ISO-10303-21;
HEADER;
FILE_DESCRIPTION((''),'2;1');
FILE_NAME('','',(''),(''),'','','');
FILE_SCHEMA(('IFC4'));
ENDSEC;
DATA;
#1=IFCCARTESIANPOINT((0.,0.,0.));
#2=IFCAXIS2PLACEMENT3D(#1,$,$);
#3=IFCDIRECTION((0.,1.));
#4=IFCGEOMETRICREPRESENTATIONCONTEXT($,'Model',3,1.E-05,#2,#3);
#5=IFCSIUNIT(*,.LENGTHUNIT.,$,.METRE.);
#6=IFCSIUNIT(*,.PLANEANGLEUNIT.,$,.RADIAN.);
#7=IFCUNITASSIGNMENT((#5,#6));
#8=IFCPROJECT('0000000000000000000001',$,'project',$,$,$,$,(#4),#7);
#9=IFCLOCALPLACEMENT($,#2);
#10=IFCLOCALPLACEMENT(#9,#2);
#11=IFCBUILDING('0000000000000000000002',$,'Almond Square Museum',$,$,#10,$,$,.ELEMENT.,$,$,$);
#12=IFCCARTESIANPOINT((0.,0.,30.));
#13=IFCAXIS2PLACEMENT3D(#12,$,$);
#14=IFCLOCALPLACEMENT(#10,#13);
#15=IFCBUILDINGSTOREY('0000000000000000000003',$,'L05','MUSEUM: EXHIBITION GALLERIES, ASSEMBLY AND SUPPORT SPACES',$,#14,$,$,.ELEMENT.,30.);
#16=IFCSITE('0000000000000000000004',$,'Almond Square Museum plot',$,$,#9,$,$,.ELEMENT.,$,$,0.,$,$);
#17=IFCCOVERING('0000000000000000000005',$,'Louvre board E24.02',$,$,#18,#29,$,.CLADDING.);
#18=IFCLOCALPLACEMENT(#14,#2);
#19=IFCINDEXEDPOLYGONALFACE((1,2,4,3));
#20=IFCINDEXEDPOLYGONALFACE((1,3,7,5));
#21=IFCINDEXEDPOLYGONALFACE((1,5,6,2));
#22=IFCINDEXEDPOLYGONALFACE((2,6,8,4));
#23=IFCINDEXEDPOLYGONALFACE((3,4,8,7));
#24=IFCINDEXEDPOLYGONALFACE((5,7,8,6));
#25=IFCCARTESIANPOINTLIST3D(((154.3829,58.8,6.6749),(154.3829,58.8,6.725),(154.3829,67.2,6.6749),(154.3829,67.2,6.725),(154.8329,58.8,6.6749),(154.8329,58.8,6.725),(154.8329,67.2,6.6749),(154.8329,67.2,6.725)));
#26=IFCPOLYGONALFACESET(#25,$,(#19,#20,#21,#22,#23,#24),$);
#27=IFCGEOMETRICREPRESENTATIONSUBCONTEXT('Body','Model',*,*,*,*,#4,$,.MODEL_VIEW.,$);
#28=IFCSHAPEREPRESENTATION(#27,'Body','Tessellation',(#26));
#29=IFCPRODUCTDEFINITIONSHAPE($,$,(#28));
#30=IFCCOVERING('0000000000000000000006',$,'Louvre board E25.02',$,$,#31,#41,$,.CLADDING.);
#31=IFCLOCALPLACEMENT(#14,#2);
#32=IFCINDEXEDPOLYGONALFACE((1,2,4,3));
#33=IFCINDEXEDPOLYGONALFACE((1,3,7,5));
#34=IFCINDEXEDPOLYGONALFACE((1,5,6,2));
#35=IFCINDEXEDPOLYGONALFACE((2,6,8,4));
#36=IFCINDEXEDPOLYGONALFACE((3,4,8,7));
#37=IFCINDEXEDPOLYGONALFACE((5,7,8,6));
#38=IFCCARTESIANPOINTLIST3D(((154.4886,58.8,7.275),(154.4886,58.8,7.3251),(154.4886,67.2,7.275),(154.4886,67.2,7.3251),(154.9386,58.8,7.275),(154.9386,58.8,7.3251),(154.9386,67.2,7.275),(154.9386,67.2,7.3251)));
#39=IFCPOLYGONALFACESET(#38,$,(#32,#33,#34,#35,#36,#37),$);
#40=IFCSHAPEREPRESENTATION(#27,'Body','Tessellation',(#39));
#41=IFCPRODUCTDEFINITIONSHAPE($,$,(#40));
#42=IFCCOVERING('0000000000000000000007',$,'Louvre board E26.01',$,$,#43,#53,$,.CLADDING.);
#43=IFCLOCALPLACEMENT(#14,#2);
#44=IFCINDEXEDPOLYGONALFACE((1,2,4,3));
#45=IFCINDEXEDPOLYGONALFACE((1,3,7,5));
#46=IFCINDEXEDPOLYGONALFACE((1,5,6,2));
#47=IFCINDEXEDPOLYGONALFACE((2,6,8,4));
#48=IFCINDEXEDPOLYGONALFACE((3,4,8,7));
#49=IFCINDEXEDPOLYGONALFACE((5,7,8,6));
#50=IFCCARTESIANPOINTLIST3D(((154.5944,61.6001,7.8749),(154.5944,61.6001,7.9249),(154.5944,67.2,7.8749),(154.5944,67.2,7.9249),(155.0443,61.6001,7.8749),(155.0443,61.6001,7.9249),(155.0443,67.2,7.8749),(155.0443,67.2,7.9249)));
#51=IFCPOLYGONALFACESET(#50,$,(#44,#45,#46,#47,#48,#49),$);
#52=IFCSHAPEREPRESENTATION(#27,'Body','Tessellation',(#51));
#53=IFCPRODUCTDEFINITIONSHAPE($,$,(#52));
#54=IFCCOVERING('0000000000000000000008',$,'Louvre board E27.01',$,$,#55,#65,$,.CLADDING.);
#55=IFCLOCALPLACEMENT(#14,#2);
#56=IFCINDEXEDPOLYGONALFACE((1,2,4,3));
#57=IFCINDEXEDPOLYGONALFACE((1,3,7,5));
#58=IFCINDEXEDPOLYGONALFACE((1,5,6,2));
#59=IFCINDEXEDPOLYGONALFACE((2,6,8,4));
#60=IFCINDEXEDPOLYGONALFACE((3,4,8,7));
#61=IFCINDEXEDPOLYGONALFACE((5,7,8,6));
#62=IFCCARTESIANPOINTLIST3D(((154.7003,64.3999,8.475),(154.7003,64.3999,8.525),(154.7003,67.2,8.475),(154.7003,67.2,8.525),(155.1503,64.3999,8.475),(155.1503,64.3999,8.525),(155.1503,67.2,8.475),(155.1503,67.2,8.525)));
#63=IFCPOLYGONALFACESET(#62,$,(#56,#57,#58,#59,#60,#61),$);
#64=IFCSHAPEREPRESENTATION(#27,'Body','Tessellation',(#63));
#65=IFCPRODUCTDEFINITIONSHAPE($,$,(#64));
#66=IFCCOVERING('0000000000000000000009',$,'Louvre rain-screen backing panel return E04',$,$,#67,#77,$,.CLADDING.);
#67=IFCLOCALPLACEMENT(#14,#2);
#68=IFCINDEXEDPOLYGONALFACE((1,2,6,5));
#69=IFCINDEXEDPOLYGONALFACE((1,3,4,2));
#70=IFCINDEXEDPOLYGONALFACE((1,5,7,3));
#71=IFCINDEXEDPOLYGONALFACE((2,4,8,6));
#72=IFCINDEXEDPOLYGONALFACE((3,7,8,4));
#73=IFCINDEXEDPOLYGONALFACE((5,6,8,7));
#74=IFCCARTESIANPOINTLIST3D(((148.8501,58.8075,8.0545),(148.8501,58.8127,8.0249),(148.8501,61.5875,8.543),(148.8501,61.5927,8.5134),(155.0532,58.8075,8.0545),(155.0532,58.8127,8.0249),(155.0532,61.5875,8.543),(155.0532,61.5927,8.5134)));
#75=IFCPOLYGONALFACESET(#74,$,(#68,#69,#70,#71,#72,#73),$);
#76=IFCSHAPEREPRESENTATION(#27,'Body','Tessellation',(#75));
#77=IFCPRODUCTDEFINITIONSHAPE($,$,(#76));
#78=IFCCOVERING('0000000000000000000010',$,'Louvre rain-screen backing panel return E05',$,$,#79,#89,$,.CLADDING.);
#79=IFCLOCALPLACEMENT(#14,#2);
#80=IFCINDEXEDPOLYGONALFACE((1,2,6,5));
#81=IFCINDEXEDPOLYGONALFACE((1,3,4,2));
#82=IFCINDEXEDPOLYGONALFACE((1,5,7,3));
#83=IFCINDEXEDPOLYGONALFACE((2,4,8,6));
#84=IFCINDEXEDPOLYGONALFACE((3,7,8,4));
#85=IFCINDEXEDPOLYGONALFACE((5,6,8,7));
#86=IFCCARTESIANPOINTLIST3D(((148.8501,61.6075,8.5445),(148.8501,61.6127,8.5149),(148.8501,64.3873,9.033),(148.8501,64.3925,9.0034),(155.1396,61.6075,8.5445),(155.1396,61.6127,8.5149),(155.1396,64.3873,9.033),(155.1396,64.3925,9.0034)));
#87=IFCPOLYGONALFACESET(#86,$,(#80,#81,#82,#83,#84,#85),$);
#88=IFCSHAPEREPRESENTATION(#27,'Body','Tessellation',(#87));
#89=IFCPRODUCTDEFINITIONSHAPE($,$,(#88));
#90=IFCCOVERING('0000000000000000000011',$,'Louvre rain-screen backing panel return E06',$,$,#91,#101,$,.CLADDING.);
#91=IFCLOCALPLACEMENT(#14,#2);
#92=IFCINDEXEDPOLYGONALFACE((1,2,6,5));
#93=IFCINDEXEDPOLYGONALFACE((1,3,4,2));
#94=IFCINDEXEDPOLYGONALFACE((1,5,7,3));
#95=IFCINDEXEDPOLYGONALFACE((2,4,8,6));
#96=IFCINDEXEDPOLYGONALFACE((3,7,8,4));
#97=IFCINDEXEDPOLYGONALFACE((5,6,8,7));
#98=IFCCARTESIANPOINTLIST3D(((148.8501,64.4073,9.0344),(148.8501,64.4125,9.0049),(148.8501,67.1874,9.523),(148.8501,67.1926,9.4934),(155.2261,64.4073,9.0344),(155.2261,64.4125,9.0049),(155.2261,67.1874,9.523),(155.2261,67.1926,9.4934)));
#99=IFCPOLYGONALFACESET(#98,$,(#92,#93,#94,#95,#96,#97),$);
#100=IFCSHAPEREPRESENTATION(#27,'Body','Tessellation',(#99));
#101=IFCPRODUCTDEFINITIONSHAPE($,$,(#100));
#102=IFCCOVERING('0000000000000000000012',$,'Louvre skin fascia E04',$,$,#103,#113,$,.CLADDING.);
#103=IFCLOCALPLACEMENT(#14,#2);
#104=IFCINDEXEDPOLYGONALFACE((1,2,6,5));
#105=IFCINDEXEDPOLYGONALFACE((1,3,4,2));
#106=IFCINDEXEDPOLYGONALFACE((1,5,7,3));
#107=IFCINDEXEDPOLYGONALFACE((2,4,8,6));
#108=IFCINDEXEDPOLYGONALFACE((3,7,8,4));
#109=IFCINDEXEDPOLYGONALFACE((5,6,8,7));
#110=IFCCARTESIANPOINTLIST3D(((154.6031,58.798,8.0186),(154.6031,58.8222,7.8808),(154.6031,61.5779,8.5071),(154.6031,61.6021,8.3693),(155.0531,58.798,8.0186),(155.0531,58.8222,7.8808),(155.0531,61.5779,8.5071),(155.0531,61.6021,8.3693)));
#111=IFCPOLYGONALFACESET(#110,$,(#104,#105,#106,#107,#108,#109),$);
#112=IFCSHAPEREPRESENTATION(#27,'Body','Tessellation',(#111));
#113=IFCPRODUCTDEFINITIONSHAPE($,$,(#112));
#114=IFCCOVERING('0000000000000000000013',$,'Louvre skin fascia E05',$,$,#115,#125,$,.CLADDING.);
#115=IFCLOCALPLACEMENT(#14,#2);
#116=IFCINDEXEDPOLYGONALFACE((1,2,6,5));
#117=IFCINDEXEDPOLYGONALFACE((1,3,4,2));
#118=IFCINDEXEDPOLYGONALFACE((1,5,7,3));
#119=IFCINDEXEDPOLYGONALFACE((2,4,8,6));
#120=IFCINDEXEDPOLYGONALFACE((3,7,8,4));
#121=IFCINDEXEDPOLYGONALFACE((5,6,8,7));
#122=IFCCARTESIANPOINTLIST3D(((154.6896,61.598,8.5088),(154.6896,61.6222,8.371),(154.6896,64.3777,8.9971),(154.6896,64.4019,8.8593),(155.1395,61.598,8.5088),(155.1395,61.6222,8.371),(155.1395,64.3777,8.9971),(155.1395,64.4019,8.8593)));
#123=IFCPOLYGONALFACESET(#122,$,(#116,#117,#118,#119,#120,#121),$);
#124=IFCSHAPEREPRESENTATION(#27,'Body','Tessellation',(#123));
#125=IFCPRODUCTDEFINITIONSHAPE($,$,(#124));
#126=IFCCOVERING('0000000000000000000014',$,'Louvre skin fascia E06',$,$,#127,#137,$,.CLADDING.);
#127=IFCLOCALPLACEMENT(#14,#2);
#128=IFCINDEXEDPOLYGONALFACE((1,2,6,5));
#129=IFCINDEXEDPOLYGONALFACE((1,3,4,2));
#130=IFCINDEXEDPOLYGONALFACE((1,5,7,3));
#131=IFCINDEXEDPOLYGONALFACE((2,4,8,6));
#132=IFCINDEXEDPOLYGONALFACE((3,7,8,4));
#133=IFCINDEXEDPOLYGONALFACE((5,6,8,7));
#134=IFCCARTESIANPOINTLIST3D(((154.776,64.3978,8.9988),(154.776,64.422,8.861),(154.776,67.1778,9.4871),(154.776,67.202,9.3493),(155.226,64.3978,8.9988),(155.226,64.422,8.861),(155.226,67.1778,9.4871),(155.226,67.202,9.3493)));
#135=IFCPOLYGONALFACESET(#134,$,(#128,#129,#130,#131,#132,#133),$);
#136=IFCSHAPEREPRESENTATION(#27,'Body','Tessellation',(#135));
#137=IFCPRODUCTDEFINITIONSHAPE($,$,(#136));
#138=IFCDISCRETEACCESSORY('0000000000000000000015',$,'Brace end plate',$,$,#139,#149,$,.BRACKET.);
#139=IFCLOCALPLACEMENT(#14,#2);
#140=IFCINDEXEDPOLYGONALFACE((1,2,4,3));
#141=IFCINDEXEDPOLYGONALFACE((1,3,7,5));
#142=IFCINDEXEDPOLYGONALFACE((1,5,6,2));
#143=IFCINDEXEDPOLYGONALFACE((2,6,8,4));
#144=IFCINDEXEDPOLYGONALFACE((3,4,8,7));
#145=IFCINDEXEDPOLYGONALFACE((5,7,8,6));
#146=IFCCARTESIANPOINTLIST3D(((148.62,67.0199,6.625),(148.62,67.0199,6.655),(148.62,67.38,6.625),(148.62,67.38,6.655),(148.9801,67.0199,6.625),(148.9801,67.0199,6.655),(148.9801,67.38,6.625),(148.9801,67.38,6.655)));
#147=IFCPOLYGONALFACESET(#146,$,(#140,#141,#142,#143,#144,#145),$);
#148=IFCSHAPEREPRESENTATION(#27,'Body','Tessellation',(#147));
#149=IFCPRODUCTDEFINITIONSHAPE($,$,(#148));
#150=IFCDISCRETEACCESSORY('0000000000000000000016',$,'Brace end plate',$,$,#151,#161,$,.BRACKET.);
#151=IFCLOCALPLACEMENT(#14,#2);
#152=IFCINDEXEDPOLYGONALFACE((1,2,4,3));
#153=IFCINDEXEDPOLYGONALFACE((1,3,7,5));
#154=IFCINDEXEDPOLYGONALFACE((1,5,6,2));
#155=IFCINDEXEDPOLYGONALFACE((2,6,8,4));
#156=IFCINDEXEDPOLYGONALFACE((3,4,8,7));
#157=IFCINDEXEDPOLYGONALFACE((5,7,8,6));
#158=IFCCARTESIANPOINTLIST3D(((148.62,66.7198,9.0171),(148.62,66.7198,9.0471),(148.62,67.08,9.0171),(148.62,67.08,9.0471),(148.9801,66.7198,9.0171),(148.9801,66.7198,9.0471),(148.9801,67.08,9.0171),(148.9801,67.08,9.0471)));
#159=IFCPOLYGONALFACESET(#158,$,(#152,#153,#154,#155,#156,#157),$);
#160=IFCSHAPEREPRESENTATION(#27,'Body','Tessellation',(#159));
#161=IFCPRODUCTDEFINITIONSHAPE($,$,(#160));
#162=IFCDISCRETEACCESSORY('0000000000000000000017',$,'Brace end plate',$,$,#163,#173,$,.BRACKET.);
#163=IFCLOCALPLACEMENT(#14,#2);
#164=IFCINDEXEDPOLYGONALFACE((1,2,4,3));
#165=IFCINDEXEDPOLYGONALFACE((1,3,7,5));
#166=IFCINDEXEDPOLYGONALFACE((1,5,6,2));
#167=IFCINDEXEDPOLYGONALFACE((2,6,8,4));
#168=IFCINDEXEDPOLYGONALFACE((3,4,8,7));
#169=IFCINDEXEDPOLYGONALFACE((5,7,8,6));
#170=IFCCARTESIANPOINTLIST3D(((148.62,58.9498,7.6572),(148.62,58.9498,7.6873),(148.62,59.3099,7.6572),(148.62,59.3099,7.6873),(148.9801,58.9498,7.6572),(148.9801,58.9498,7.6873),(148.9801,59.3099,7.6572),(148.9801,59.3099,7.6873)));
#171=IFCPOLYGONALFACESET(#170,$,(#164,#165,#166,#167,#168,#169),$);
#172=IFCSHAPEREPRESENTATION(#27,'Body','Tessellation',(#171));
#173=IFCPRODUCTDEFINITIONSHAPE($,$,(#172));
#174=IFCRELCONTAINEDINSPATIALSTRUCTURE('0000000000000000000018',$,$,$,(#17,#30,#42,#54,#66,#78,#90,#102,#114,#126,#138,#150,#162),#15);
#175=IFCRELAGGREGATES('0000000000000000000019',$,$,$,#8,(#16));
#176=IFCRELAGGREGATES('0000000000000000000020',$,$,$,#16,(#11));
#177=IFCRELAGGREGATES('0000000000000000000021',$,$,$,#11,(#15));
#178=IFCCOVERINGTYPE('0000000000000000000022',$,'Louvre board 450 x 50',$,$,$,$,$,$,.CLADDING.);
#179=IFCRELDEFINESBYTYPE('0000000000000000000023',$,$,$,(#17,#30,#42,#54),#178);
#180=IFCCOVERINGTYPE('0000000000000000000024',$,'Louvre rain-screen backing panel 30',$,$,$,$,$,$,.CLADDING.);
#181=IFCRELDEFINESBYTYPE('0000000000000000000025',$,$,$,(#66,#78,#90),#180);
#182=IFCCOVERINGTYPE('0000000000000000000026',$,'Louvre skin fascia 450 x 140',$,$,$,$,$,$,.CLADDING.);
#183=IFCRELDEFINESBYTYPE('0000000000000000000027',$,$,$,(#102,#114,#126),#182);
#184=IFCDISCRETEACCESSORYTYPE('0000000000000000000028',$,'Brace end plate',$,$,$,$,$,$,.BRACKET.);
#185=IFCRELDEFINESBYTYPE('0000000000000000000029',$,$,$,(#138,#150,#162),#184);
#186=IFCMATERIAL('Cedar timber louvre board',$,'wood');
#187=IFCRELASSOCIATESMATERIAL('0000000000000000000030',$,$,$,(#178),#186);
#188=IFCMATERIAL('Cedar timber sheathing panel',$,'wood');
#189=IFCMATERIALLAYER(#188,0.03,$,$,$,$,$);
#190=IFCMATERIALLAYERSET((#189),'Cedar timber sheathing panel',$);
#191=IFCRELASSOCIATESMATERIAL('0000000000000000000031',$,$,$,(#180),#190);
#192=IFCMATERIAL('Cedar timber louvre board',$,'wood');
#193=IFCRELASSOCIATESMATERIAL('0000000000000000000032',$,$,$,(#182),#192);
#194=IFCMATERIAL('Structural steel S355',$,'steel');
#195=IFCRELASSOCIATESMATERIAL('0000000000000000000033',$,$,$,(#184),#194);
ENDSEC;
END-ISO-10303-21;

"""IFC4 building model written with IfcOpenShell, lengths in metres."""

from ifc_helpers import new_model, si_unit, direction, frame, origin, origin_2d, place, context, subcontext, project, spatial, polyline, rectangle, outline, extrude, material, layer, layer_set, material_profile, profile_set, type_object, element, save


model = new_model("IFC4")

# Units and contexts
model_context = context("Model", 3, precision=1e-05, world=origin(), true_north=direction((0.0, 1.0)))
body_context = subcontext(model_context, "Body", "Model", "MODEL_VIEW")
ifc_project = project(units=[si_unit("LENGTHUNIT", "METRE"), si_unit("PLANEANGLEUNIT", "RADIAN")], contexts=[model_context])

# Site, building, storey
site_placement = place(None, origin())
site = spatial("IfcSite", under=ifc_project, at=site_placement, Name="Almond Square Museum plot", CompositionType="ELEMENT", RefElevation=0.0)
building_placement = place(site_placement, origin())
building = spatial("IfcBuilding", under=site, at=building_placement, Name="Almond Square Museum", CompositionType="ELEMENT")
storey_placement = place(building_placement, frame((0.0, 0.0, 30.0)))
storey = spatial("IfcBuildingStorey", under=building, at=storey_placement, Name="L05", Description="MUSEUM: EXHIBITION GALLERIES, ASSEMBLY AND SUPPORT SPACES", CompositionType="ELEMENT", Elevation=30.0)

# Coverings
ifc_material_1 = material(Name="Cedar timber louvre board", Category="wood")
ifc_material_profile_1 = material_profile(ifc_material_1, rectangle(XDim=0.45, YDim=0.05, at=origin_2d()))
ifc_profile_set_1 = profile_set([ifc_material_profile_1], Name="Cedar timber louvre board")
covering_type_1 = type_object("IfcCoveringType", Name="Louvre board 450 x 50", PredefinedType="CLADDING", material=ifc_profile_set_1)
for number, where, z_axis, x_axis, name in (
    (1, (154.6079, 58.8, 6.7), (0.0, 1.0, 0.0), (-1.0, 0.0, 0.0), "Louvre board E24.02"),
    (2, (154.7136, 58.8, 7.3), (0.0, 1.0, 0.0), (-1.0, 0.0, 0.0), "Louvre board E25.02"),
):
    element("IfcCovering", number, at=place(storey_placement, frame(where, z_axis=z_axis, x_axis=x_axis)), inside=storey, type_object=covering_type_1, Name=name, PredefinedType="CLADDING", context=body_context, shape_type="SweptSolid", body=[
        extrude(rectangle(XDim=0.45, YDim=0.05, at=origin_2d()), origin(), (0.0, 0.0, 1.0), 8.3999),
    ])
covering_1_placement = place(storey_placement, frame((154.8193, 61.6001, 7.8999), z_axis=(0.0, 1.0, 0.0), x_axis=(-1.0, 0.0, 0.0)))
element("IfcCovering", 3, at=covering_1_placement, inside=storey, type_object=covering_type_1, Name="Louvre board E26.01", PredefinedType="CLADDING", context=body_context, shape_type="SweptSolid", body=[
    extrude(rectangle(XDim=0.45, YDim=0.05, at=origin_2d()), origin(), (0.0, 0.0, 1.0), 5.5999),
])
covering_2_placement = place(storey_placement, frame((154.9253, 64.3999, 8.5), z_axis=(0.0, 1.0, 0.0), x_axis=(-1.0, 0.0, 0.0)))
element("IfcCovering", 4, at=covering_2_placement, inside=storey, type_object=covering_type_1, Name="Louvre board E27.01", PredefinedType="CLADDING", context=body_context, shape_type="SweptSolid", body=[
    extrude(rectangle(XDim=0.45, YDim=0.05, at=origin_2d()), origin(), (0.0, 0.0, 1.0), 2.8),
])
ifc_material_2 = material(Name="Cedar timber sheathing panel", Category="wood")
ifc_layer = layer(ifc_material_2, 0.03)
ifc_layer_set = layer_set([ifc_layer], Name="Cedar timber sheathing panel")
covering_type_2 = type_object("IfcCoveringType", Name="Louvre rain-screen backing panel 30", PredefinedType="CLADDING", material=ifc_layer_set)
covering_3_placement = place(storey_placement, frame((148.8501, 58.8101, 8.0398), z_axis=(0.0, -0.173075, 0.984909), x_axis=(1.0, 0.0, 0.0)))
element("IfcCovering", 5, at=covering_3_placement, inside=storey, type_object=covering_type_2, Name="Louvre rain-screen backing panel return E04", PredefinedType="CLADDING", context=body_context, shape_type="SweptSolid", body=[
    extrude(outline(polyline([(0.0, 0.0), (6.2031, 0.0), (6.2031, 2.8226), (0.0, 2.8226), (0.0, 0.0)])), frame((0.0, 0.0, -0.0151)), (0.0, 0.0, 1.0), 0.03),
])
covering_4_placement = place(storey_placement, frame((148.8501, 61.6101, 8.5298), z_axis=(0.0, -0.17309, 0.984906), x_axis=(1.0, 0.0, 0.0)))
element("IfcCovering", 6, at=covering_4_placement, inside=storey, type_object=covering_type_2, Name="Louvre rain-screen backing panel return E05", PredefinedType="CLADDING", context=body_context, shape_type="SweptSolid", body=[
    extrude(outline(polyline([(0.0, 0.0), (6.2896, 0.0), (6.2896, 2.8224), (0.0, 2.8224), (0.0, 0.0)])), frame((0.0, 0.0, -0.0151)), (0.0, 0.0, 1.0), 0.03),
])
covering_5_placement = place(storey_placement, frame((148.8501, 64.4099, 9.0198), z_axis=(0.0, -0.173075, 0.984909), x_axis=(1.0, 0.0, 0.0)))
element("IfcCovering", 7, at=covering_5_placement, inside=storey, type_object=covering_type_2, Name="Louvre rain-screen backing panel return E06", PredefinedType="CLADDING", context=body_context, shape_type="SweptSolid", body=[
    extrude(outline(polyline([(0.0, 0.0), (6.376, 0.0), (6.376, 2.8226), (0.0, 2.8226), (0.0, 0.0)])), frame((0.0, 0.0, -0.0151)), (0.0, 0.0, 1.0), 0.03),
])
ifc_material_3 = material(Name="Cedar timber louvre board", Category="wood")
ifc_material_profile_2 = material_profile(ifc_material_3, rectangle(XDim=0.45, YDim=0.1399, at=origin_2d()))
ifc_profile_set_2 = profile_set([ifc_material_profile_2], Name="Cedar timber louvre board")
covering_type_3 = type_object("IfcCoveringType", Name="Louvre skin fascia 450 x 140", PredefinedType="CLADDING", material=ifc_profile_set_2)
covering_6_placement = place(storey_placement, frame((154.8281, 58.8101, 7.9497), z_axis=(0.0, 0.984909, 0.173075), x_axis=(-1.0, 0.0, 0.0)))
element("IfcCovering", 8, at=covering_6_placement, inside=storey, type_object=covering_type_3, Name="Louvre skin fascia E04", PredefinedType="CLADDING", context=body_context, shape_type="SweptSolid", body=[
    extrude(rectangle(XDim=0.45, YDim=0.1399, at=origin_2d()), origin(), (0.0, 0.0, 1.0), 2.8225),
])
covering_7_placement = place(storey_placement, frame((154.9146, 61.6101, 8.4399), z_axis=(0.0, 0.984921, 0.173006), x_axis=(-1.0, 0.0, 0.0)))
element("IfcCovering", 9, at=covering_7_placement, inside=storey, type_object=covering_type_3, Name="Louvre skin fascia E05", PredefinedType="CLADDING", context=body_context, shape_type="SweptSolid", body=[
    extrude(rectangle(XDim=0.45, YDim=0.1399, at=origin_2d()), origin(), (0.0, 0.0, 1.0), 2.8223),
])
covering_8_placement = place(storey_placement, frame((155.001, 64.4099, 8.9299), z_axis=(0.0, 0.984923, 0.172991), x_axis=(-1.0, 0.0, 0.0)))
element("IfcCovering", 10, at=covering_8_placement, inside=storey, type_object=covering_type_3, Name="Louvre skin fascia E06", PredefinedType="CLADDING", context=body_context, shape_type="SweptSolid", body=[
    extrude(rectangle(XDim=0.45, YDim=0.1399, at=origin_2d()), origin(), (0.0, 0.0, 1.0), 2.8225),
])

# Discrete accessories
ifc_material_4 = material(Name="Structural steel S355", Category="steel")
discrete_accessory_type = type_object("IfcDiscreteAccessoryType", Name="Brace end plate", PredefinedType="BRACKET", material=ifc_material_4)
for number, where, z_axis, x_axis, name in (
    (11, (148.8, 67.2, 6.625), (0.0, 0.0, 1.0), (1.0, 0.0, 0.0), "Brace end plate"),
    (12, (148.8, 66.8999, 9.0171), (0.0, 0.0, 1.0), (1.0, 0.0, 0.0), "Brace end plate"),
    (13, (148.8, 59.1299, 7.6572), (0.0, 0.0, 1.0), (1.0, 0.0, 0.0), "Brace end plate"),
):
    element("IfcDiscreteAccessory", number, at=place(storey_placement, frame(where, z_axis=z_axis, x_axis=x_axis)), inside=storey, type_object=discrete_accessory_type, Name=name, PredefinedType="BRACKET", context=body_context, shape_type="SweptSolid", body=[
        extrude(rectangle(XDim=0.3601, YDim=0.3601, at=origin_2d()), origin(), (0.0, 0.0, 1.0), 0.03),
    ])

save(model, "model.ifc")
